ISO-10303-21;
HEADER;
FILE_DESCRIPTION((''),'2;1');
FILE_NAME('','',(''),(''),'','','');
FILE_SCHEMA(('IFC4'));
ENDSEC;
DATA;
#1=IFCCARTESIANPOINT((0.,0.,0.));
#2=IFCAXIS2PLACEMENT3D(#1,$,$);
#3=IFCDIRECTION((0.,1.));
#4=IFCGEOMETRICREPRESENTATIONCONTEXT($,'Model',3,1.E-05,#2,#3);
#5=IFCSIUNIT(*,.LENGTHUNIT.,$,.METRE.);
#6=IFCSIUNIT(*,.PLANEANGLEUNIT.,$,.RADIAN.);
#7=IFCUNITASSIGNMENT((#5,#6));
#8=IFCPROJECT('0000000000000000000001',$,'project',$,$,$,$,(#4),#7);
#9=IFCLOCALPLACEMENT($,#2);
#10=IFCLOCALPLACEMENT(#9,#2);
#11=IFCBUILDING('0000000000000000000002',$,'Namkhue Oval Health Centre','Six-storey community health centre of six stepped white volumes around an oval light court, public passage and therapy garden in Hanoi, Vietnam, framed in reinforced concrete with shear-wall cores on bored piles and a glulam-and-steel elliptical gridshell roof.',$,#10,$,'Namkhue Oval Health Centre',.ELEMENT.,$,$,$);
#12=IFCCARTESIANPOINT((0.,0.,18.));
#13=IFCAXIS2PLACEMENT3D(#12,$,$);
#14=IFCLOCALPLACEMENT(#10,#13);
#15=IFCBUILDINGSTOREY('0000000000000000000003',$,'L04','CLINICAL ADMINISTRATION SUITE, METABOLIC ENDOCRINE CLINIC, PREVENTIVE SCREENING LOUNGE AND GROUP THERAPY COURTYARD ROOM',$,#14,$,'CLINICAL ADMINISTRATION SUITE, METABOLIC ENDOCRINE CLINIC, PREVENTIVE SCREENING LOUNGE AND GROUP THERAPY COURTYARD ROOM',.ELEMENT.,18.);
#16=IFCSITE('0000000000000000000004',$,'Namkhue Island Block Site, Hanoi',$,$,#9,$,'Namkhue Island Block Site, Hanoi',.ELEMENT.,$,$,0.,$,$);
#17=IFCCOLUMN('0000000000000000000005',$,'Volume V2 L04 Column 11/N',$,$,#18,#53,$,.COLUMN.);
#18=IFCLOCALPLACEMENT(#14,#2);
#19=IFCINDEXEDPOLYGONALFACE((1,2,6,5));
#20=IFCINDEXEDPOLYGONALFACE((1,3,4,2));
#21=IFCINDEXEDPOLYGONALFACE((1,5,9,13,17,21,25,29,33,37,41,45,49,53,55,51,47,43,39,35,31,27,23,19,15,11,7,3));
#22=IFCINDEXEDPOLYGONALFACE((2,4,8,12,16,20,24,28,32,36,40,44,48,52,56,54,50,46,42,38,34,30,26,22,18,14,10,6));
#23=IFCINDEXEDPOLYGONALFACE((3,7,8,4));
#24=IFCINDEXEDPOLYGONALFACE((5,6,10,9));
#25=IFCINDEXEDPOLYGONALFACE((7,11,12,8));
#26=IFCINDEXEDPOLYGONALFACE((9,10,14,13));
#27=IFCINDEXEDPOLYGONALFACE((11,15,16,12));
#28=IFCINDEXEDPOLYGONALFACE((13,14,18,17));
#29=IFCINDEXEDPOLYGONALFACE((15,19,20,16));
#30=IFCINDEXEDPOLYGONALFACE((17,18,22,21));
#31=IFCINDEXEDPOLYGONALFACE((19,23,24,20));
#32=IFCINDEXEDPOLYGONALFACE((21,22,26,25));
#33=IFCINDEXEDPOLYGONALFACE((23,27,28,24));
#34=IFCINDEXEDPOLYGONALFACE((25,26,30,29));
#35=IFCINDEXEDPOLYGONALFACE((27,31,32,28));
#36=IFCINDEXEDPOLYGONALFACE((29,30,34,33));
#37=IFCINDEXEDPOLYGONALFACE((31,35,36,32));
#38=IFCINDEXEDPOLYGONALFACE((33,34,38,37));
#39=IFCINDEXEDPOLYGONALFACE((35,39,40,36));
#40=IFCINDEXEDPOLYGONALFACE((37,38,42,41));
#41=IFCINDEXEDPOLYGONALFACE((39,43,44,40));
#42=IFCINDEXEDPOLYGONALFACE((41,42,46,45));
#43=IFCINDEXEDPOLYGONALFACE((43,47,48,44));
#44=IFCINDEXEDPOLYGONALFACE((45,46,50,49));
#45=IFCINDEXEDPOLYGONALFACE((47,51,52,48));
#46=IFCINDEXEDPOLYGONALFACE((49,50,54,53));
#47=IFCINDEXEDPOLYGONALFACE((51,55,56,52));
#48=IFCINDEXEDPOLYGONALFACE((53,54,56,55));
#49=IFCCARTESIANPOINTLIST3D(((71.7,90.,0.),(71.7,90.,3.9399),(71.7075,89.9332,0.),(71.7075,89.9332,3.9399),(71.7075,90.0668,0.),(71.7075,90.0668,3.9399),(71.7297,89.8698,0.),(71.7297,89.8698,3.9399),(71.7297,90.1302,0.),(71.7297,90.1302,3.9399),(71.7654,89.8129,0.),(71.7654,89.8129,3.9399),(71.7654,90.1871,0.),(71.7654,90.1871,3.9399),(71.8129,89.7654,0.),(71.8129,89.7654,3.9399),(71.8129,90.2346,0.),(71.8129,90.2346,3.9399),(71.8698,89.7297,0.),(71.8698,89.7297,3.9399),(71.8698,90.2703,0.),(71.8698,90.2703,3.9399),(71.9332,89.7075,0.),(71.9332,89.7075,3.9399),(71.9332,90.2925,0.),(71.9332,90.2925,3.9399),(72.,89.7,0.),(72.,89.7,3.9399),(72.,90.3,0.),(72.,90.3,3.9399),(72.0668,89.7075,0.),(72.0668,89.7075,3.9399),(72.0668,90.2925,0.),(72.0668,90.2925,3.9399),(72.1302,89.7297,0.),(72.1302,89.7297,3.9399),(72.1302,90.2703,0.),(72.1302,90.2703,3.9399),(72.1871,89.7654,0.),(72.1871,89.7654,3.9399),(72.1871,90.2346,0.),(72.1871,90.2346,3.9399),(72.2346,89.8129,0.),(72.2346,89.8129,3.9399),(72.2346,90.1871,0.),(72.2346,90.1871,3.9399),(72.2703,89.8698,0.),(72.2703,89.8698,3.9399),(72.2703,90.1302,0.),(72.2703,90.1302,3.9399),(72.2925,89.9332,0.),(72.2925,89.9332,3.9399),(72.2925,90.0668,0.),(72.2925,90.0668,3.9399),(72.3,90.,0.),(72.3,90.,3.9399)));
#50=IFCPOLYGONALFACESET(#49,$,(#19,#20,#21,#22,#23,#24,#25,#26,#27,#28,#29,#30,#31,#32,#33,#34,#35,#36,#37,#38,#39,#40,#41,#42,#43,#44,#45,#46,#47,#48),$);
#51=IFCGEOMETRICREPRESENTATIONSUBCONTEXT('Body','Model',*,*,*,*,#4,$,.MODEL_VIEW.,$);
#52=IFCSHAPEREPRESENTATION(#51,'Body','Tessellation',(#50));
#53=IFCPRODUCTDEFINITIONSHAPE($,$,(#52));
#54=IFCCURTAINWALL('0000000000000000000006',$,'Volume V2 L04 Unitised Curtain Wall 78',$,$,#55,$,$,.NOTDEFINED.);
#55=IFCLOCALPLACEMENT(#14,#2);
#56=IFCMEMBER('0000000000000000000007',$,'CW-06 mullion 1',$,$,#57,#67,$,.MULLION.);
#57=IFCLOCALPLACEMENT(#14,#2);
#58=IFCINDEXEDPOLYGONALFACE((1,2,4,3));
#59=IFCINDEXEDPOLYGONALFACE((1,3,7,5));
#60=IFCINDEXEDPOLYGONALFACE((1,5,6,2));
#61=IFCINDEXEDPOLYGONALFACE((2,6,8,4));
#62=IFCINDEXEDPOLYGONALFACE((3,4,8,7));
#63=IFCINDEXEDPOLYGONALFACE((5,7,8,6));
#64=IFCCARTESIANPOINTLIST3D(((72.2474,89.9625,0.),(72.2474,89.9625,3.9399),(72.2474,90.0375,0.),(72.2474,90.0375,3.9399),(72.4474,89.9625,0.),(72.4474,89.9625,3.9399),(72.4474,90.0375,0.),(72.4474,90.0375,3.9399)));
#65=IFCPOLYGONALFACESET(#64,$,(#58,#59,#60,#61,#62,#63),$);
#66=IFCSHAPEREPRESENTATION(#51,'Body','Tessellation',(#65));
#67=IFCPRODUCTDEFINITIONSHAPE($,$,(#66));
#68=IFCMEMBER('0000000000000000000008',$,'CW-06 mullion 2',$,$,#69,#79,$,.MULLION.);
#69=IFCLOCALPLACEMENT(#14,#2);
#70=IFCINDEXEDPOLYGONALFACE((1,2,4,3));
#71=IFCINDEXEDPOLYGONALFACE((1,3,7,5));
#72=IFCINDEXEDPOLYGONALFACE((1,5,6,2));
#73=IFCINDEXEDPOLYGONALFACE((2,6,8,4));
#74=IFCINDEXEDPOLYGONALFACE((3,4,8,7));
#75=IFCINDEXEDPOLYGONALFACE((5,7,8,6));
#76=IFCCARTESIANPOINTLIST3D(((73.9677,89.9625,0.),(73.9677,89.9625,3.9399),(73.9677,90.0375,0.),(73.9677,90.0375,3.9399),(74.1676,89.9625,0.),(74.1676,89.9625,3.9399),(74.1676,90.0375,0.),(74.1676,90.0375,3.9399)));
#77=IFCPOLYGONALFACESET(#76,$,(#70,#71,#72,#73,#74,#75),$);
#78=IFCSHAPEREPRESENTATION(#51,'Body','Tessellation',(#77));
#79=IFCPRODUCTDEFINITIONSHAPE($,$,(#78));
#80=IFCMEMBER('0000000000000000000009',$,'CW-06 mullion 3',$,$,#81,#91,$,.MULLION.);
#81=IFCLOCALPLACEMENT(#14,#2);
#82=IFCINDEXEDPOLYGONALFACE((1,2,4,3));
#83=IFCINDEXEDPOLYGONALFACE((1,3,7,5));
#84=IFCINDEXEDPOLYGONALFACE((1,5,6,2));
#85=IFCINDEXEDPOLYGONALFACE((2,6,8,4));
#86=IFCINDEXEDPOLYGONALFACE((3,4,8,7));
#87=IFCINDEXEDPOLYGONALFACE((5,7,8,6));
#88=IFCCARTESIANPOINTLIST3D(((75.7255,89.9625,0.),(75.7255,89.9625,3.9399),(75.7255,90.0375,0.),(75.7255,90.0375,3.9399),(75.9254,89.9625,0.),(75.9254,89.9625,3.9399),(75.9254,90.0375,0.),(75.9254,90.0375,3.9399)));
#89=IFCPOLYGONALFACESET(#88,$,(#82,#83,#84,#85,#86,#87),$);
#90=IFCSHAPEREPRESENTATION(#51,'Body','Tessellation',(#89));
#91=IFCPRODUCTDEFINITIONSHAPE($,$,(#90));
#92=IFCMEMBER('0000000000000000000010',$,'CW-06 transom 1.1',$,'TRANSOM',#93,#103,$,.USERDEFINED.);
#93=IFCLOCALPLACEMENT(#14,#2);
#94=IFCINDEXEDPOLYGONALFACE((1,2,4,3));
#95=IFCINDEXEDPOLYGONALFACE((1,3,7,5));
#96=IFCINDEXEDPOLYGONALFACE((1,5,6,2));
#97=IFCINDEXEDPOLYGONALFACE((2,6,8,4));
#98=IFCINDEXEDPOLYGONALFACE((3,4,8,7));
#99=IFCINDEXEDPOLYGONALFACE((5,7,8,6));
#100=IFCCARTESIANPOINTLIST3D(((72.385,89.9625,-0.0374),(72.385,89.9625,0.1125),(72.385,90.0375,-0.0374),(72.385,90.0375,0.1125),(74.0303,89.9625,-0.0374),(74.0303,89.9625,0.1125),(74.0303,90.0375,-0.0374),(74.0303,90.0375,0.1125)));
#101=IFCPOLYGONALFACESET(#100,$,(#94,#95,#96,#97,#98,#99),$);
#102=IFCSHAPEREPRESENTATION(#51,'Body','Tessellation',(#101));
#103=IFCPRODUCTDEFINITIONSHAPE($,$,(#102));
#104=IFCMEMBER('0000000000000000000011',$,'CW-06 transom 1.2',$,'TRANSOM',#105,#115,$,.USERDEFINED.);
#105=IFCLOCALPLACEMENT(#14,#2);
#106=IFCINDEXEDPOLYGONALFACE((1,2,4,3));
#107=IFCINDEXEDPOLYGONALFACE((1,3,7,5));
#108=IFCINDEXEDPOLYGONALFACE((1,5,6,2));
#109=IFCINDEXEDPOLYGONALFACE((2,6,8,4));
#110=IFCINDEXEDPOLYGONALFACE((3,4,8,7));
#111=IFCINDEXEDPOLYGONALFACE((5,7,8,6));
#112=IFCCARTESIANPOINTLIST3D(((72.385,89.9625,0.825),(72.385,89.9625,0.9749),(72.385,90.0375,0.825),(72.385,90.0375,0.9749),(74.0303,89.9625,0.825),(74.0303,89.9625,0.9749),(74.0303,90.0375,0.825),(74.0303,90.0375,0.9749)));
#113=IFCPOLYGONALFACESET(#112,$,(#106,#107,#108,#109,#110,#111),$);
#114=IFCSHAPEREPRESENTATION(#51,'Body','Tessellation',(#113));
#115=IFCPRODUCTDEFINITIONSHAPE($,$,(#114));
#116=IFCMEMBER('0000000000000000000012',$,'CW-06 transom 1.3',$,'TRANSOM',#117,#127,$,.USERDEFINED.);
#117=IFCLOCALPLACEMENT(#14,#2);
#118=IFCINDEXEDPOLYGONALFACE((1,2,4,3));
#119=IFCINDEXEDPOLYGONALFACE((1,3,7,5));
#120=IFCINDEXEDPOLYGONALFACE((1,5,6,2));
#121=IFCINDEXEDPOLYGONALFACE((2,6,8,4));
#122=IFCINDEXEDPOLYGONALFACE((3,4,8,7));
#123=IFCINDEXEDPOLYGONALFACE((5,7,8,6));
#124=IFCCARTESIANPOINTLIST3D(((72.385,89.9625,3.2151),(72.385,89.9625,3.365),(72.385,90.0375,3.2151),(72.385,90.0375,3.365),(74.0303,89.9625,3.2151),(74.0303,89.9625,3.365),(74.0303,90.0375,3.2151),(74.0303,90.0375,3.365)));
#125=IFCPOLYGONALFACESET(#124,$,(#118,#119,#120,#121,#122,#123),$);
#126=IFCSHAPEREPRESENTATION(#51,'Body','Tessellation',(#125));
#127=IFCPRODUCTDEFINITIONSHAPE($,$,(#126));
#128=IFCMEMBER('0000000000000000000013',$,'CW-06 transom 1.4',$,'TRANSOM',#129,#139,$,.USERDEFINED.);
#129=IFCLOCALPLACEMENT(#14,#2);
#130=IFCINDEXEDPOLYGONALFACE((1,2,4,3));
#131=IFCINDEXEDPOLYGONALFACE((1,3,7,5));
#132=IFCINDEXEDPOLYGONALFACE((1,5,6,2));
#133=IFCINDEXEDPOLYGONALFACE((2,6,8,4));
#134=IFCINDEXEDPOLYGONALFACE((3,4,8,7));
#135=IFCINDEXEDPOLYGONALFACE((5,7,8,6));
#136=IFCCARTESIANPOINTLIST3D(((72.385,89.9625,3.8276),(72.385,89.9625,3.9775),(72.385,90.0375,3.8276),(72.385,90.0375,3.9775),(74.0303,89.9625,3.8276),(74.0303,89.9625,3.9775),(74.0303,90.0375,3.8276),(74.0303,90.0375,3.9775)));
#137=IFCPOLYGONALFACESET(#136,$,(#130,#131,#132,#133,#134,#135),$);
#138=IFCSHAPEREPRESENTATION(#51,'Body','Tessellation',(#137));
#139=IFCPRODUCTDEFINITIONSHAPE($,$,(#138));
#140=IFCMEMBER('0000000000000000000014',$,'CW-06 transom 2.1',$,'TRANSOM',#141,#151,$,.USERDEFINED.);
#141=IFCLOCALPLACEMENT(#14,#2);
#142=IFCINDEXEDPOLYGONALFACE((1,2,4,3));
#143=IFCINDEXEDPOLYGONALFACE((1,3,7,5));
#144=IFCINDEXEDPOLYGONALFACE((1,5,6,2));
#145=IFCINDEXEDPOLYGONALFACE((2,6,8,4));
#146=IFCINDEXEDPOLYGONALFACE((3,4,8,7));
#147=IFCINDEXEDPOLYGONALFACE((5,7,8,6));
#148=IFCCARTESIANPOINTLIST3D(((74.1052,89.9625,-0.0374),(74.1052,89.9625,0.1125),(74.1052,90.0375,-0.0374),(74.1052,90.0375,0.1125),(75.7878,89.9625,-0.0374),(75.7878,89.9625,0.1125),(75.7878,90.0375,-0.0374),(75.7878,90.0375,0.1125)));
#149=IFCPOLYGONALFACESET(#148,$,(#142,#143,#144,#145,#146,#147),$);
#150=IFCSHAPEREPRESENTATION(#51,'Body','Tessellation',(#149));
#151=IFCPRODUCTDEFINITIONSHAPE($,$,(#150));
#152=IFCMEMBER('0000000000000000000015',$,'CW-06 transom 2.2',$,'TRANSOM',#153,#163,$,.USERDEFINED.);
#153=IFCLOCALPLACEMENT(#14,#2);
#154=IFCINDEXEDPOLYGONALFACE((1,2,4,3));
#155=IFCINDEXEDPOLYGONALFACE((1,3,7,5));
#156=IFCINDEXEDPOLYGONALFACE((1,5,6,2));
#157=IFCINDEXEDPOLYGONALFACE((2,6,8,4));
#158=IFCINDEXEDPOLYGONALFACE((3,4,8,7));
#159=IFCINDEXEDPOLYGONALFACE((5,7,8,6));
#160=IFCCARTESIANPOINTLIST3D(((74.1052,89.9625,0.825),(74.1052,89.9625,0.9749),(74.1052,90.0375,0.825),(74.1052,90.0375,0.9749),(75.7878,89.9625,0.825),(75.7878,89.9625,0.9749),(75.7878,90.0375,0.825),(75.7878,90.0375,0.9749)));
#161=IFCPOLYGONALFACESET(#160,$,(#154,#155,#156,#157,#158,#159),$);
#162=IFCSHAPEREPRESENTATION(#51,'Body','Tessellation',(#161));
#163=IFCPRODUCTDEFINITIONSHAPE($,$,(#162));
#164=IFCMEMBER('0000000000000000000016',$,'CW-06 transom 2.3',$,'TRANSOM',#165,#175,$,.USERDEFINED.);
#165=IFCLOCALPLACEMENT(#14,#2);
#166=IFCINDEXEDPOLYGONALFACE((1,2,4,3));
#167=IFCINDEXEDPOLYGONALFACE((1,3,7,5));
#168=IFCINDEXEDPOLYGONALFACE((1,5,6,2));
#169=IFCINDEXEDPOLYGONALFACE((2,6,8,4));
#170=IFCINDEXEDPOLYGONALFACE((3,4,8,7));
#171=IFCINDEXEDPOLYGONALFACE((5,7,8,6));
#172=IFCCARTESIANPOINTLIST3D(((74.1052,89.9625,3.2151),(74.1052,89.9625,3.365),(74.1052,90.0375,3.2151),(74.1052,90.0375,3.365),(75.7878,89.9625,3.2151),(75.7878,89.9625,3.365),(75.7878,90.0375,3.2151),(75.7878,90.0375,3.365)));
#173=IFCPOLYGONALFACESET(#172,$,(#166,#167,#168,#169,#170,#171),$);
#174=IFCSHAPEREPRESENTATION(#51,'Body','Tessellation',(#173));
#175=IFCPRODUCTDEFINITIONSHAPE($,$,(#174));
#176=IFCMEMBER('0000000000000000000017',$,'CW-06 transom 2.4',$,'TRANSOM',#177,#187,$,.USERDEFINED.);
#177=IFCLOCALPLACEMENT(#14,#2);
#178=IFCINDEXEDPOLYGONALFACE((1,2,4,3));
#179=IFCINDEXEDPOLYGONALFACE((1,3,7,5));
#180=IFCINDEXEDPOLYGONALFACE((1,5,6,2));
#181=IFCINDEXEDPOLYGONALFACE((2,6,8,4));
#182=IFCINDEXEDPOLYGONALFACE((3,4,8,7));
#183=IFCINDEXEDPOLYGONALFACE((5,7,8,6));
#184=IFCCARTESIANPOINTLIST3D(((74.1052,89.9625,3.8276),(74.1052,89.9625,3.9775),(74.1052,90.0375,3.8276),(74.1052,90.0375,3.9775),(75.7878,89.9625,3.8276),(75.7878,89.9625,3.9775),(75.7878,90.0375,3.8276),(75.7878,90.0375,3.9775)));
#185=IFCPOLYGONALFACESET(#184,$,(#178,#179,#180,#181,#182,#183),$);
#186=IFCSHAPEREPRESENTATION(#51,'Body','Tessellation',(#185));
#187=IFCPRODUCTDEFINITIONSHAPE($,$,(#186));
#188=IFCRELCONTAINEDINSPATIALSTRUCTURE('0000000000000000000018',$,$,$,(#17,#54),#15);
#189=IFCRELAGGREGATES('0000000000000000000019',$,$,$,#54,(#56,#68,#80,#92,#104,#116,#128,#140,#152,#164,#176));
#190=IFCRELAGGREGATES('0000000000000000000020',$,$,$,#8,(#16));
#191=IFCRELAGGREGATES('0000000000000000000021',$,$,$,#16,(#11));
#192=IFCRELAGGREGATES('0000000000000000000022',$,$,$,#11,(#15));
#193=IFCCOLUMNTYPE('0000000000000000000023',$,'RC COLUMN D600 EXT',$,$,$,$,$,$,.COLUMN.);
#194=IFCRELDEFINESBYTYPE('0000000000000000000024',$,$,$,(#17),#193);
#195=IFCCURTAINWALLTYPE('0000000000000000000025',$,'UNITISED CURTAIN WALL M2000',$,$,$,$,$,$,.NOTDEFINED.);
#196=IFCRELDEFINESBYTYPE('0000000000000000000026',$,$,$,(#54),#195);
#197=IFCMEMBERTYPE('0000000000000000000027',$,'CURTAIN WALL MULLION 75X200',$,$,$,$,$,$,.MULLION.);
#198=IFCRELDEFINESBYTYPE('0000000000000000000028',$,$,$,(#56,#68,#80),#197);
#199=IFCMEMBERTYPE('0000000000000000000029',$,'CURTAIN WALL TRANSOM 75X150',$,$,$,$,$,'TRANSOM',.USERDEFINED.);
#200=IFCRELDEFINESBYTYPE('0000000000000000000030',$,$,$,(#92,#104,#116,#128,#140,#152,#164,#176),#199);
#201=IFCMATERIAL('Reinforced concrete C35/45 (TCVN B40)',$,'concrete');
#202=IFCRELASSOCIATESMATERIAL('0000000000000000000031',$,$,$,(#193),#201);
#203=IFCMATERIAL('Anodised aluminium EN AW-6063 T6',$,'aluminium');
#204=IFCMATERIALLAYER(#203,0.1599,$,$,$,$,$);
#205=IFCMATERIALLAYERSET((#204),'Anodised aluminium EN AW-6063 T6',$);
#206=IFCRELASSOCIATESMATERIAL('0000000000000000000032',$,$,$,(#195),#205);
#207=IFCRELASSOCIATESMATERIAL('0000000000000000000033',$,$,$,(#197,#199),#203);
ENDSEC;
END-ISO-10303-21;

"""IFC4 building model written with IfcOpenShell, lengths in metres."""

from ifc_helpers import new_model, si_unit, direction, frame, origin, origin_2d, place, context, subcontext, project, spatial, rectangle, circle, extrude, material, layer, layer_set, material_profile, profile_set, type_object, element, aggregate, save


model = new_model("IFC4")

# Units and contexts
model_context = context("Model", 3, precision=1e-05, world=origin(), true_north=direction((0.0, 1.0)))
body_context = subcontext(model_context, "Body", "Model", "MODEL_VIEW")
ifc_project = project(units=[si_unit("LENGTHUNIT", "METRE"), si_unit("PLANEANGLEUNIT", "RADIAN")], contexts=[model_context])

# Site, building, storey
site_placement = place(None, origin())
site = spatial("IfcSite", under=ifc_project, at=site_placement, Name="Namkhue Island Block Site, Hanoi", LongName="Namkhue Island Block Site, Hanoi", CompositionType="ELEMENT", RefElevation=0.0)
building_placement = place(site_placement, origin())
building = spatial("IfcBuilding", under=site, at=building_placement, Name="Namkhue Oval Health Centre", Description="Six-storey community health centre of six stepped white volumes around an oval light court, public passage and therapy garden in Hanoi, Vietnam, framed in reinforced concrete with shear-wall cores on bored piles and a glulam-and-steel elliptical gridshell roof.", LongName="Namkhue Oval Health Centre", CompositionType="ELEMENT")
storey_placement = place(building_placement, frame((0.0, 0.0, 18.0)))
storey = spatial("IfcBuildingStorey", under=building, at=storey_placement, Name="L04", Description="CLINICAL ADMINISTRATION SUITE, METABOLIC ENDOCRINE CLINIC, PREVENTIVE SCREENING LOUNGE AND GROUP THERAPY COURTYARD ROOM", LongName="CLINICAL ADMINISTRATION SUITE, METABOLIC ENDOCRINE CLINIC, PREVENTIVE SCREENING LOUNGE AND GROUP THERAPY COURTYARD ROOM", CompositionType="ELEMENT", Elevation=18.0)

# Column
ifc_material_1 = material(Name="Reinforced concrete C35/45 (TCVN B40)", Category="concrete")
ifc_material_profile_1 = material_profile(ifc_material_1, circle(Radius=0.3, at=origin_2d()), Name="RC D600")
ifc_profile_set_1 = profile_set([ifc_material_profile_1], Name="Reinforced concrete C35/45 (TCVN B40)")
column_type = type_object("IfcColumnType", Name="RC COLUMN D600 EXT", PredefinedType="COLUMN", material=ifc_profile_set_1)
column_placement = place(storey_placement, frame((72.0, 90.0, 0.0), z_axis=(0.0, 0.0, 1.0), x_axis=(1.0, 0.0, 0.0)))
element("IfcColumn", 1, at=column_placement, inside=storey, type_object=column_type, Name="Volume V2 L04 Column 11/N", PredefinedType="COLUMN", context=body_context, shape_type="SweptSolid", body=[
    extrude(circle(Radius=0.3, at=origin_2d()), origin(), (0.0, 0.0, 1.0), 3.9399),
])

# Curtain wall, members
ifc_material_2 = material(Name="Anodised aluminium EN AW-6063 T6", Category="aluminium")
ifc_layer_1 = layer(ifc_material_2, 0.1599)
ifc_layer_set_1 = layer_set([ifc_layer_1], Name="Anodised aluminium EN AW-6063 T6")
curtain_wall_type = type_object("IfcCurtainWallType", Name="UNITISED CURTAIN WALL M2000", PredefinedType="NOTDEFINED", material=ifc_layer_set_1)
curtain_wall_placement = place(storey_placement, origin())
curtain_wall = element("IfcCurtainWall", 2, at=curtain_wall_placement, inside=storey, type_object=curtain_wall_type, Name="Volume V2 L04 Unitised Curtain Wall 78", PredefinedType="NOTDEFINED")
ifc_material_profile_2 = material_profile(ifc_material_2, rectangle(XDim=0.075, YDim=0.2, at=origin_2d()), Name="ALU 75x200")
ifc_profile_set_2 = profile_set([ifc_material_profile_2], Name="Anodised aluminium EN AW-6063 T6")
member_type_1 = type_object("IfcMemberType", Name="CURTAIN WALL MULLION 75X200", PredefinedType="MULLION", material=ifc_profile_set_2)
member_1_placement = place(storey_placement, frame((72.3474, 90.0, 0.0), z_axis=(0.0, 0.0, 1.0), x_axis=(0.0, 1.0, 0.0)))
member_1 = element("IfcMember", 3, at=member_1_placement, type_object=member_type_1, Name="CW-06 mullion 1", PredefinedType="MULLION", context=body_context, shape_type="SweptSolid", body=[
    extrude(rectangle(XDim=0.075, YDim=0.2, at=origin_2d()), origin(), (0.0, 0.0, 1.0), 3.9399),
])
member_2_placement = place(storey_placement, frame((74.0676, 90.0, 0.0), z_axis=(0.0, 0.0, 1.0), x_axis=(0.0, 1.0, 0.0)))
member_2 = element("IfcMember", 4, at=member_2_placement, type_object=member_type_1, Name="CW-06 mullion 2", PredefinedType="MULLION", context=body_context, shape_type="SweptSolid", body=[
    extrude(rectangle(XDim=0.075, YDim=0.2, at=origin_2d()), origin(), (0.0, 0.0, 1.0), 3.9399),
])
member_3_placement = place(storey_placement, frame((75.8254, 90.0, 0.0), z_axis=(0.0, 0.0, 1.0), x_axis=(0.0, 1.0, 0.0)))
member_3 = element("IfcMember", 5, at=member_3_placement, type_object=member_type_1, Name="CW-06 mullion 3", PredefinedType="MULLION", context=body_context, shape_type="SweptSolid", body=[
    extrude(rectangle(XDim=0.075, YDim=0.2, at=origin_2d()), origin(), (0.0, 0.0, 1.0), 3.9399),
])
ifc_material_profile_3 = material_profile(ifc_material_2, rectangle(XDim=0.075, YDim=0.1499, at=origin_2d()), Name="ALU 75x150")
ifc_profile_set_3 = profile_set([ifc_material_profile_3], Name="Anodised aluminium EN AW-6063 T6")
member_type_2 = type_object("IfcMemberType", Name="CURTAIN WALL TRANSOM 75X150", ElementType="TRANSOM", PredefinedType="USERDEFINED", material=ifc_profile_set_3)
member_4_placement = place(storey_placement, frame((72.385, 90.0, 0.0376), z_axis=(1.0, 0.0, 0.0), x_axis=(0.0, 1.0, 0.0)))
member_4 = element("IfcMember", 6, at=member_4_placement, type_object=member_type_2, Name="CW-06 transom 1.1", ObjectType="TRANSOM", PredefinedType="USERDEFINED", context=body_context, shape_type="SweptSolid", body=[
    extrude(rectangle(XDim=0.075, YDim=0.1499, at=origin_2d()), origin(), (0.0, 0.0, 1.0), 1.6453),
])
member_5_placement = place(storey_placement, frame((72.385, 90.0, 0.8999), z_axis=(1.0, 0.0, 0.0), x_axis=(0.0, 1.0, 0.0)))
member_5 = element("IfcMember", 7, at=member_5_placement, type_object=member_type_2, Name="CW-06 transom 1.2", ObjectType="TRANSOM", PredefinedType="USERDEFINED", context=body_context, shape_type="SweptSolid", body=[
    extrude(rectangle(XDim=0.075, YDim=0.1499, at=origin_2d()), origin(), (0.0, 0.0, 1.0), 1.6453),
])
member_6_placement = place(storey_placement, frame((72.385, 90.0, 3.29), z_axis=(1.0, 0.0, 0.0), x_axis=(0.0, 1.0, 0.0)))
member_6 = element("IfcMember", 8, at=member_6_placement, type_object=member_type_2, Name="CW-06 transom 1.3", ObjectType="TRANSOM", PredefinedType="USERDEFINED", context=body_context, shape_type="SweptSolid", body=[
    extrude(rectangle(XDim=0.075, YDim=0.1499, at=origin_2d()), origin(), (0.0, 0.0, 1.0), 1.6453),
])
member_7_placement = place(storey_placement, frame((72.385, 90.0, 3.9026), z_axis=(1.0, 0.0, 0.0), x_axis=(0.0, 1.0, 0.0)))
member_7 = element("IfcMember", 9, at=member_7_placement, type_object=member_type_2, Name="CW-06 transom 1.4", ObjectType="TRANSOM", PredefinedType="USERDEFINED", context=body_context, shape_type="SweptSolid", body=[
    extrude(rectangle(XDim=0.075, YDim=0.1499, at=origin_2d()), origin(), (0.0, 0.0, 1.0), 1.6453),
])
member_8_placement = place(storey_placement, frame((74.1052, 90.0, 0.0376), z_axis=(1.0, 0.0, 0.0), x_axis=(0.0, 1.0, 0.0)))
member_8 = element("IfcMember", 10, at=member_8_placement, type_object=member_type_2, Name="CW-06 transom 2.1", ObjectType="TRANSOM", PredefinedType="USERDEFINED", context=body_context, shape_type="SweptSolid", body=[
    extrude(rectangle(XDim=0.075, YDim=0.1499, at=origin_2d()), origin(), (0.0, 0.0, 1.0), 1.6826),
])
member_9_placement = place(storey_placement, frame((74.1052, 90.0, 0.8999), z_axis=(1.0, 0.0, 0.0), x_axis=(0.0, 1.0, 0.0)))
member_9 = element("IfcMember", 11, at=member_9_placement, type_object=member_type_2, Name="CW-06 transom 2.2", ObjectType="TRANSOM", PredefinedType="USERDEFINED", context=body_context, shape_type="SweptSolid", body=[
    extrude(rectangle(XDim=0.075, YDim=0.1499, at=origin_2d()), origin(), (0.0, 0.0, 1.0), 1.6826),
])
member_10_placement = place(storey_placement, frame((74.1052, 90.0, 3.29), z_axis=(1.0, 0.0, 0.0), x_axis=(0.0, 1.0, 0.0)))
member_10 = element("IfcMember", 12, at=member_10_placement, type_object=member_type_2, Name="CW-06 transom 2.3", ObjectType="TRANSOM", PredefinedType="USERDEFINED", context=body_context, shape_type="SweptSolid", body=[
    extrude(rectangle(XDim=0.075, YDim=0.1499, at=origin_2d()), origin(), (0.0, 0.0, 1.0), 1.6826),
])
member_11_placement = place(storey_placement, frame((74.1052, 90.0, 3.9026), z_axis=(1.0, 0.0, 0.0), x_axis=(0.0, 1.0, 0.0)))
member_11 = element("IfcMember", 13, at=member_11_placement, type_object=member_type_2, Name="CW-06 transom 2.4", ObjectType="TRANSOM", PredefinedType="USERDEFINED", context=body_context, shape_type="SweptSolid", body=[
    extrude(rectangle(XDim=0.075, YDim=0.1499, at=origin_2d()), origin(), (0.0, 0.0, 1.0), 1.6826),
])

aggregate(curtain_wall, [member_1, member_2, member_3, member_4, member_5, member_6, member_7, member_8, member_9, member_10, member_11])

save(model, "model.ifc")
